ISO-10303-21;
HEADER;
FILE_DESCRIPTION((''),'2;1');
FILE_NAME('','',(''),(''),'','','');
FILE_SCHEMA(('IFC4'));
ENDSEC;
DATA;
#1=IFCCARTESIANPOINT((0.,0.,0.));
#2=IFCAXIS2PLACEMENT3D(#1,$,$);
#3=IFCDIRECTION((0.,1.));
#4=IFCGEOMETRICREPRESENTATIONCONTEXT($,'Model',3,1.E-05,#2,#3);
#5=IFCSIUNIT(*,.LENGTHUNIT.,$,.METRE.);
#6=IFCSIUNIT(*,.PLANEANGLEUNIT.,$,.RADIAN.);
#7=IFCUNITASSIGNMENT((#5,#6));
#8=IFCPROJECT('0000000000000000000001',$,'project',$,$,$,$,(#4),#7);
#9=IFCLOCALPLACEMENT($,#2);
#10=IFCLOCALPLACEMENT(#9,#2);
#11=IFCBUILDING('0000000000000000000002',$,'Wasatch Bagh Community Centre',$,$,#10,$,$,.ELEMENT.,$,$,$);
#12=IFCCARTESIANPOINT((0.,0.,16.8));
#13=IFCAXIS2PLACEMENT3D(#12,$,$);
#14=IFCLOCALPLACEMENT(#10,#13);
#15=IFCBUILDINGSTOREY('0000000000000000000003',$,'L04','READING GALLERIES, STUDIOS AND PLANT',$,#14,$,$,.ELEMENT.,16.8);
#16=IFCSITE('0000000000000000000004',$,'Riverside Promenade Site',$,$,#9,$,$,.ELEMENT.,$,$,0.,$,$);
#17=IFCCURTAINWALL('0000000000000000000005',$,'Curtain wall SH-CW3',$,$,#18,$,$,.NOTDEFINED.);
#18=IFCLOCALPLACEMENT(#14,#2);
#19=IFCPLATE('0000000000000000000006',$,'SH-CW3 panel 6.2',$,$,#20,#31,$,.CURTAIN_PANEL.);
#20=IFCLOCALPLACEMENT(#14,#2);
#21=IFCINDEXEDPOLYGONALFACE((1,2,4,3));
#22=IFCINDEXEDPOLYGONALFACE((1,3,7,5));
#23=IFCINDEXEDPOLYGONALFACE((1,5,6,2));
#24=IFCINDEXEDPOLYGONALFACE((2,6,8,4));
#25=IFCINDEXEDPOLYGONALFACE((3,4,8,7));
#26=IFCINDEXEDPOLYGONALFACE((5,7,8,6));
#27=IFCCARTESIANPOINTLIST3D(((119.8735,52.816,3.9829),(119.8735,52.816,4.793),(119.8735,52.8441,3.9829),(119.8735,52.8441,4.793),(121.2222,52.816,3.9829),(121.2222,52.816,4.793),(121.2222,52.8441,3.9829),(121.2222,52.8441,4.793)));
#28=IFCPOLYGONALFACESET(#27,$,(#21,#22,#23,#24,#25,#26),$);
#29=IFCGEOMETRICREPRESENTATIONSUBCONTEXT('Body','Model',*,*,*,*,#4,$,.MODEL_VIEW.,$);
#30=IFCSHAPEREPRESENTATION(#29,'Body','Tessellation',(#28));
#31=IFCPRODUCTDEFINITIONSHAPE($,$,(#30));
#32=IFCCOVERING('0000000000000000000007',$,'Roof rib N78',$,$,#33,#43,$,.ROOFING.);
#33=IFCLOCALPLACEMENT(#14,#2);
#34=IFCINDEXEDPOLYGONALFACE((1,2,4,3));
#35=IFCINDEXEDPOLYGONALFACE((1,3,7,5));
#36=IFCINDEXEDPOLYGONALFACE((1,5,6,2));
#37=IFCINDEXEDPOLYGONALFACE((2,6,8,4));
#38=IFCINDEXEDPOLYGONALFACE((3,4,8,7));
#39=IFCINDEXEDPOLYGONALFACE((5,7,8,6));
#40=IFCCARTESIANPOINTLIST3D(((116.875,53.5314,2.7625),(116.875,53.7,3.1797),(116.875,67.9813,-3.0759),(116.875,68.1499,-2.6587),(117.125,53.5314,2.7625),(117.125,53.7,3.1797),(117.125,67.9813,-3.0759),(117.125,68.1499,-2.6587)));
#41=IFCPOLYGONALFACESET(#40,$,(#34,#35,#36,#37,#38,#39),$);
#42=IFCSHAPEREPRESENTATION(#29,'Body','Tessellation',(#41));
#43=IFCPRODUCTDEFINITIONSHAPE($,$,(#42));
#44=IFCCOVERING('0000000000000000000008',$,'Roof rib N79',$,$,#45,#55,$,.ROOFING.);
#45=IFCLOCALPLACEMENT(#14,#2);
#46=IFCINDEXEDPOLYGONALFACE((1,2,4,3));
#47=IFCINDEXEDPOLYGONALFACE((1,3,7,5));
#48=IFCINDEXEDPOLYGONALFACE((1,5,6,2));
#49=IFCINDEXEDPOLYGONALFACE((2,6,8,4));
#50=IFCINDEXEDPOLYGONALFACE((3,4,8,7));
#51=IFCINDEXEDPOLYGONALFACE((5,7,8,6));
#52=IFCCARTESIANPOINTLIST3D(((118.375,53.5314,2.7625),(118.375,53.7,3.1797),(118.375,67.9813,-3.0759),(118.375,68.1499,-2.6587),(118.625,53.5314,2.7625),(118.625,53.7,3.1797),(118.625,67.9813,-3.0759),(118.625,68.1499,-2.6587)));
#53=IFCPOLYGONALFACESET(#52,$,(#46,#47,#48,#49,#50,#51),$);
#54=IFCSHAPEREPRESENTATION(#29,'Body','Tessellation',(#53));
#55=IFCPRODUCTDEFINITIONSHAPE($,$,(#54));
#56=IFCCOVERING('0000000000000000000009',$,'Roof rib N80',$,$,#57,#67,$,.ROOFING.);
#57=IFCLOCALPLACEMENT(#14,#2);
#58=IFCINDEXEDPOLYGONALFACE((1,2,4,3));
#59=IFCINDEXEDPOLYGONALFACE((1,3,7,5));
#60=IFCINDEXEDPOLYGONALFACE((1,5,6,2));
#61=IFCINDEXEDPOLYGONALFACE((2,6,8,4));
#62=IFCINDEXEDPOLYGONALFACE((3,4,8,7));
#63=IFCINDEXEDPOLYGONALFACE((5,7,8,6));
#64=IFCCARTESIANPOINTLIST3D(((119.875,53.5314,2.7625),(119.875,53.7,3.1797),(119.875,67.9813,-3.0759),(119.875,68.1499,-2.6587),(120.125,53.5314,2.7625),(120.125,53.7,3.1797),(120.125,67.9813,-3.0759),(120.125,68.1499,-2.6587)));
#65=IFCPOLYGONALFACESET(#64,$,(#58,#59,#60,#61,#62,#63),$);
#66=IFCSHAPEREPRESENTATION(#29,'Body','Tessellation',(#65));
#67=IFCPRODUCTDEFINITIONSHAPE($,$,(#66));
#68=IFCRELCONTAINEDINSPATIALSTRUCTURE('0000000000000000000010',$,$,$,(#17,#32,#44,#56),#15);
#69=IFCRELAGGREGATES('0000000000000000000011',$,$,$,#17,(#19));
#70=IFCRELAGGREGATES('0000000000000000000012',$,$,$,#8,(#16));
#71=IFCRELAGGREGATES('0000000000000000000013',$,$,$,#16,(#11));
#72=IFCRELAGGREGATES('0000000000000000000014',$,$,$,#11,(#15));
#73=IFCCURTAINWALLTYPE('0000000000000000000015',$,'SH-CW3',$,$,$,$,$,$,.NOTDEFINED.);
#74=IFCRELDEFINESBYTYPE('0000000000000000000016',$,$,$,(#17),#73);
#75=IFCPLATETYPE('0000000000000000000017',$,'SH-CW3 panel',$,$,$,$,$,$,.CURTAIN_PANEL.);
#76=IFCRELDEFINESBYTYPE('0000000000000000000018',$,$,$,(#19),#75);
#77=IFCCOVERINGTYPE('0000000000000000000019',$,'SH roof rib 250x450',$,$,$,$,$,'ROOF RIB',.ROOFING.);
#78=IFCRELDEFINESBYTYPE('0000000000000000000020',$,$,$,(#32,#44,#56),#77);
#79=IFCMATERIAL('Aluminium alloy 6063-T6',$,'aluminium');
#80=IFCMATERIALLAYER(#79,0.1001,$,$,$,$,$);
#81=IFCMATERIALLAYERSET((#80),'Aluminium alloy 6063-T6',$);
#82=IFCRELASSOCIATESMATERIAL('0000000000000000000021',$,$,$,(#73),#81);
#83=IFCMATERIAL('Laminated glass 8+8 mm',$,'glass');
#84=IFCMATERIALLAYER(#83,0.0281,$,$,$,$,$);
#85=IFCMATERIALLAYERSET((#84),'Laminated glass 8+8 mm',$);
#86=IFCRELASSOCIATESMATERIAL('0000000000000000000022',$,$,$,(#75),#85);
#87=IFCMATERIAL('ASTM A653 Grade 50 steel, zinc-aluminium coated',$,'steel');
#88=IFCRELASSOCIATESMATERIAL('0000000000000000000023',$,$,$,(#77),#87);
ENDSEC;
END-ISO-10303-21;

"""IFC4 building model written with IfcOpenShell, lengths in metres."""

from ifc_helpers import new_model, si_unit, direction, frame, origin, origin_2d, place, context, subcontext, project, spatial, polyline, rectangle, outline, extrude, material, layer, layer_set, type_object, element, aggregate, save


model = new_model("IFC4")

# Units and contexts
model_context = context("Model", 3, precision=1e-05, world=origin(), true_north=direction((0.0, 1.0)))
body_context = subcontext(model_context, "Body", "Model", "MODEL_VIEW")
ifc_project = project(units=[si_unit("LENGTHUNIT", "METRE"), si_unit("PLANEANGLEUNIT", "RADIAN")], contexts=[model_context])

# Site, building, storey
site_placement = place(None, origin())
site = spatial("IfcSite", under=ifc_project, at=site_placement, Name="Riverside Promenade Site", CompositionType="ELEMENT", RefElevation=0.0)
building_placement = place(site_placement, origin())
building = spatial("IfcBuilding", under=site, at=building_placement, Name="Wasatch Bagh Community Centre", CompositionType="ELEMENT")
storey_placement = place(building_placement, frame((0.0, 0.0, 16.8)))
storey = spatial("IfcBuildingStorey", under=building, at=storey_placement, Name="L04", Description="READING GALLERIES, STUDIOS AND PLANT", CompositionType="ELEMENT", Elevation=16.8)

# Curtain wall, plate
ifc_material_1 = material(Name="Aluminium alloy 6063-T6", Category="aluminium")
ifc_layer_1 = layer(ifc_material_1, 0.1001)
ifc_layer_set_1 = layer_set([ifc_layer_1], Name="Aluminium alloy 6063-T6")
curtain_wall_type = type_object("IfcCurtainWallType", Name="SH-CW3", PredefinedType="NOTDEFINED", material=ifc_layer_set_1)
curtain_wall_placement = place(storey_placement, origin())
curtain_wall = element("IfcCurtainWall", 1, at=curtain_wall_placement, inside=storey, type_object=curtain_wall_type, Name="Curtain wall SH-CW3", PredefinedType="NOTDEFINED")
ifc_material_2 = material(Name="Laminated glass 8+8 mm", Category="glass")
ifc_layer_2 = layer(ifc_material_2, 0.0281)
ifc_layer_set_2 = layer_set([ifc_layer_2], Name="Laminated glass 8+8 mm")
plate_type = type_object("IfcPlateType", Name="SH-CW3 panel", PredefinedType="CURTAIN_PANEL", material=ifc_layer_set_2)
plate_1_placement = place(storey_placement, frame((120.5479, 52.8301, 3.9829), z_axis=(0.0, 0.0, 1.0), x_axis=(1.0, 0.0, 0.0)))
plate_1 = element("IfcPlate", 2, at=plate_1_placement, type_object=plate_type, Name="SH-CW3 panel 6.2", PredefinedType="CURTAIN_PANEL", context=body_context, shape_type="SweptSolid", body=[
    extrude(rectangle(XDim=1.3486, YDim=0.0281, at=origin_2d()), origin(), (0.0, 0.0, 1.0), 0.8101),
])
aggregate(curtain_wall, [plate_1])

# Coverings
ifc_material_3 = material(Name="ASTM A653 Grade 50 steel, zinc-aluminium coated", Category="steel")
covering_type = type_object("IfcCoveringType", Name="SH roof rib 250x450", ElementType="ROOF RIB", PredefinedType="ROOFING", material=ifc_material_3)
for number, where, z_axis, x_axis, name in (
    (3, (116.875, 53.7, 3.1797), (0.0, 0.374619, 0.927179), (0.0, 0.927179, -0.374619), "Roof rib N78"),
    (4, (118.375, 53.7, 3.1797), (0.0, 0.374619, 0.927179), (0.0, 0.927179, -0.374619), "Roof rib N79"),
    (5, (119.875, 53.7, 3.1797), (0.0, 0.374619, 0.927179), (0.0, 0.927179, -0.374619), "Roof rib N80"),
):
    element("IfcCovering", number, at=place(storey_placement, frame(where, z_axis=z_axis, x_axis=x_axis)), inside=storey, type_object=covering_type, Name=name, PredefinedType="ROOFING", context=body_context, shape_type="SweptSolid", body=[
        extrude(outline(polyline([(0.0, 0.0), (15.5849, 0.0), (15.5849, -0.25), (0.0, -0.25), (0.0, 0.0)])), origin(), (0.0, 0.0, -1.0), 0.45),
    ])

save(model, "model.ifc")
